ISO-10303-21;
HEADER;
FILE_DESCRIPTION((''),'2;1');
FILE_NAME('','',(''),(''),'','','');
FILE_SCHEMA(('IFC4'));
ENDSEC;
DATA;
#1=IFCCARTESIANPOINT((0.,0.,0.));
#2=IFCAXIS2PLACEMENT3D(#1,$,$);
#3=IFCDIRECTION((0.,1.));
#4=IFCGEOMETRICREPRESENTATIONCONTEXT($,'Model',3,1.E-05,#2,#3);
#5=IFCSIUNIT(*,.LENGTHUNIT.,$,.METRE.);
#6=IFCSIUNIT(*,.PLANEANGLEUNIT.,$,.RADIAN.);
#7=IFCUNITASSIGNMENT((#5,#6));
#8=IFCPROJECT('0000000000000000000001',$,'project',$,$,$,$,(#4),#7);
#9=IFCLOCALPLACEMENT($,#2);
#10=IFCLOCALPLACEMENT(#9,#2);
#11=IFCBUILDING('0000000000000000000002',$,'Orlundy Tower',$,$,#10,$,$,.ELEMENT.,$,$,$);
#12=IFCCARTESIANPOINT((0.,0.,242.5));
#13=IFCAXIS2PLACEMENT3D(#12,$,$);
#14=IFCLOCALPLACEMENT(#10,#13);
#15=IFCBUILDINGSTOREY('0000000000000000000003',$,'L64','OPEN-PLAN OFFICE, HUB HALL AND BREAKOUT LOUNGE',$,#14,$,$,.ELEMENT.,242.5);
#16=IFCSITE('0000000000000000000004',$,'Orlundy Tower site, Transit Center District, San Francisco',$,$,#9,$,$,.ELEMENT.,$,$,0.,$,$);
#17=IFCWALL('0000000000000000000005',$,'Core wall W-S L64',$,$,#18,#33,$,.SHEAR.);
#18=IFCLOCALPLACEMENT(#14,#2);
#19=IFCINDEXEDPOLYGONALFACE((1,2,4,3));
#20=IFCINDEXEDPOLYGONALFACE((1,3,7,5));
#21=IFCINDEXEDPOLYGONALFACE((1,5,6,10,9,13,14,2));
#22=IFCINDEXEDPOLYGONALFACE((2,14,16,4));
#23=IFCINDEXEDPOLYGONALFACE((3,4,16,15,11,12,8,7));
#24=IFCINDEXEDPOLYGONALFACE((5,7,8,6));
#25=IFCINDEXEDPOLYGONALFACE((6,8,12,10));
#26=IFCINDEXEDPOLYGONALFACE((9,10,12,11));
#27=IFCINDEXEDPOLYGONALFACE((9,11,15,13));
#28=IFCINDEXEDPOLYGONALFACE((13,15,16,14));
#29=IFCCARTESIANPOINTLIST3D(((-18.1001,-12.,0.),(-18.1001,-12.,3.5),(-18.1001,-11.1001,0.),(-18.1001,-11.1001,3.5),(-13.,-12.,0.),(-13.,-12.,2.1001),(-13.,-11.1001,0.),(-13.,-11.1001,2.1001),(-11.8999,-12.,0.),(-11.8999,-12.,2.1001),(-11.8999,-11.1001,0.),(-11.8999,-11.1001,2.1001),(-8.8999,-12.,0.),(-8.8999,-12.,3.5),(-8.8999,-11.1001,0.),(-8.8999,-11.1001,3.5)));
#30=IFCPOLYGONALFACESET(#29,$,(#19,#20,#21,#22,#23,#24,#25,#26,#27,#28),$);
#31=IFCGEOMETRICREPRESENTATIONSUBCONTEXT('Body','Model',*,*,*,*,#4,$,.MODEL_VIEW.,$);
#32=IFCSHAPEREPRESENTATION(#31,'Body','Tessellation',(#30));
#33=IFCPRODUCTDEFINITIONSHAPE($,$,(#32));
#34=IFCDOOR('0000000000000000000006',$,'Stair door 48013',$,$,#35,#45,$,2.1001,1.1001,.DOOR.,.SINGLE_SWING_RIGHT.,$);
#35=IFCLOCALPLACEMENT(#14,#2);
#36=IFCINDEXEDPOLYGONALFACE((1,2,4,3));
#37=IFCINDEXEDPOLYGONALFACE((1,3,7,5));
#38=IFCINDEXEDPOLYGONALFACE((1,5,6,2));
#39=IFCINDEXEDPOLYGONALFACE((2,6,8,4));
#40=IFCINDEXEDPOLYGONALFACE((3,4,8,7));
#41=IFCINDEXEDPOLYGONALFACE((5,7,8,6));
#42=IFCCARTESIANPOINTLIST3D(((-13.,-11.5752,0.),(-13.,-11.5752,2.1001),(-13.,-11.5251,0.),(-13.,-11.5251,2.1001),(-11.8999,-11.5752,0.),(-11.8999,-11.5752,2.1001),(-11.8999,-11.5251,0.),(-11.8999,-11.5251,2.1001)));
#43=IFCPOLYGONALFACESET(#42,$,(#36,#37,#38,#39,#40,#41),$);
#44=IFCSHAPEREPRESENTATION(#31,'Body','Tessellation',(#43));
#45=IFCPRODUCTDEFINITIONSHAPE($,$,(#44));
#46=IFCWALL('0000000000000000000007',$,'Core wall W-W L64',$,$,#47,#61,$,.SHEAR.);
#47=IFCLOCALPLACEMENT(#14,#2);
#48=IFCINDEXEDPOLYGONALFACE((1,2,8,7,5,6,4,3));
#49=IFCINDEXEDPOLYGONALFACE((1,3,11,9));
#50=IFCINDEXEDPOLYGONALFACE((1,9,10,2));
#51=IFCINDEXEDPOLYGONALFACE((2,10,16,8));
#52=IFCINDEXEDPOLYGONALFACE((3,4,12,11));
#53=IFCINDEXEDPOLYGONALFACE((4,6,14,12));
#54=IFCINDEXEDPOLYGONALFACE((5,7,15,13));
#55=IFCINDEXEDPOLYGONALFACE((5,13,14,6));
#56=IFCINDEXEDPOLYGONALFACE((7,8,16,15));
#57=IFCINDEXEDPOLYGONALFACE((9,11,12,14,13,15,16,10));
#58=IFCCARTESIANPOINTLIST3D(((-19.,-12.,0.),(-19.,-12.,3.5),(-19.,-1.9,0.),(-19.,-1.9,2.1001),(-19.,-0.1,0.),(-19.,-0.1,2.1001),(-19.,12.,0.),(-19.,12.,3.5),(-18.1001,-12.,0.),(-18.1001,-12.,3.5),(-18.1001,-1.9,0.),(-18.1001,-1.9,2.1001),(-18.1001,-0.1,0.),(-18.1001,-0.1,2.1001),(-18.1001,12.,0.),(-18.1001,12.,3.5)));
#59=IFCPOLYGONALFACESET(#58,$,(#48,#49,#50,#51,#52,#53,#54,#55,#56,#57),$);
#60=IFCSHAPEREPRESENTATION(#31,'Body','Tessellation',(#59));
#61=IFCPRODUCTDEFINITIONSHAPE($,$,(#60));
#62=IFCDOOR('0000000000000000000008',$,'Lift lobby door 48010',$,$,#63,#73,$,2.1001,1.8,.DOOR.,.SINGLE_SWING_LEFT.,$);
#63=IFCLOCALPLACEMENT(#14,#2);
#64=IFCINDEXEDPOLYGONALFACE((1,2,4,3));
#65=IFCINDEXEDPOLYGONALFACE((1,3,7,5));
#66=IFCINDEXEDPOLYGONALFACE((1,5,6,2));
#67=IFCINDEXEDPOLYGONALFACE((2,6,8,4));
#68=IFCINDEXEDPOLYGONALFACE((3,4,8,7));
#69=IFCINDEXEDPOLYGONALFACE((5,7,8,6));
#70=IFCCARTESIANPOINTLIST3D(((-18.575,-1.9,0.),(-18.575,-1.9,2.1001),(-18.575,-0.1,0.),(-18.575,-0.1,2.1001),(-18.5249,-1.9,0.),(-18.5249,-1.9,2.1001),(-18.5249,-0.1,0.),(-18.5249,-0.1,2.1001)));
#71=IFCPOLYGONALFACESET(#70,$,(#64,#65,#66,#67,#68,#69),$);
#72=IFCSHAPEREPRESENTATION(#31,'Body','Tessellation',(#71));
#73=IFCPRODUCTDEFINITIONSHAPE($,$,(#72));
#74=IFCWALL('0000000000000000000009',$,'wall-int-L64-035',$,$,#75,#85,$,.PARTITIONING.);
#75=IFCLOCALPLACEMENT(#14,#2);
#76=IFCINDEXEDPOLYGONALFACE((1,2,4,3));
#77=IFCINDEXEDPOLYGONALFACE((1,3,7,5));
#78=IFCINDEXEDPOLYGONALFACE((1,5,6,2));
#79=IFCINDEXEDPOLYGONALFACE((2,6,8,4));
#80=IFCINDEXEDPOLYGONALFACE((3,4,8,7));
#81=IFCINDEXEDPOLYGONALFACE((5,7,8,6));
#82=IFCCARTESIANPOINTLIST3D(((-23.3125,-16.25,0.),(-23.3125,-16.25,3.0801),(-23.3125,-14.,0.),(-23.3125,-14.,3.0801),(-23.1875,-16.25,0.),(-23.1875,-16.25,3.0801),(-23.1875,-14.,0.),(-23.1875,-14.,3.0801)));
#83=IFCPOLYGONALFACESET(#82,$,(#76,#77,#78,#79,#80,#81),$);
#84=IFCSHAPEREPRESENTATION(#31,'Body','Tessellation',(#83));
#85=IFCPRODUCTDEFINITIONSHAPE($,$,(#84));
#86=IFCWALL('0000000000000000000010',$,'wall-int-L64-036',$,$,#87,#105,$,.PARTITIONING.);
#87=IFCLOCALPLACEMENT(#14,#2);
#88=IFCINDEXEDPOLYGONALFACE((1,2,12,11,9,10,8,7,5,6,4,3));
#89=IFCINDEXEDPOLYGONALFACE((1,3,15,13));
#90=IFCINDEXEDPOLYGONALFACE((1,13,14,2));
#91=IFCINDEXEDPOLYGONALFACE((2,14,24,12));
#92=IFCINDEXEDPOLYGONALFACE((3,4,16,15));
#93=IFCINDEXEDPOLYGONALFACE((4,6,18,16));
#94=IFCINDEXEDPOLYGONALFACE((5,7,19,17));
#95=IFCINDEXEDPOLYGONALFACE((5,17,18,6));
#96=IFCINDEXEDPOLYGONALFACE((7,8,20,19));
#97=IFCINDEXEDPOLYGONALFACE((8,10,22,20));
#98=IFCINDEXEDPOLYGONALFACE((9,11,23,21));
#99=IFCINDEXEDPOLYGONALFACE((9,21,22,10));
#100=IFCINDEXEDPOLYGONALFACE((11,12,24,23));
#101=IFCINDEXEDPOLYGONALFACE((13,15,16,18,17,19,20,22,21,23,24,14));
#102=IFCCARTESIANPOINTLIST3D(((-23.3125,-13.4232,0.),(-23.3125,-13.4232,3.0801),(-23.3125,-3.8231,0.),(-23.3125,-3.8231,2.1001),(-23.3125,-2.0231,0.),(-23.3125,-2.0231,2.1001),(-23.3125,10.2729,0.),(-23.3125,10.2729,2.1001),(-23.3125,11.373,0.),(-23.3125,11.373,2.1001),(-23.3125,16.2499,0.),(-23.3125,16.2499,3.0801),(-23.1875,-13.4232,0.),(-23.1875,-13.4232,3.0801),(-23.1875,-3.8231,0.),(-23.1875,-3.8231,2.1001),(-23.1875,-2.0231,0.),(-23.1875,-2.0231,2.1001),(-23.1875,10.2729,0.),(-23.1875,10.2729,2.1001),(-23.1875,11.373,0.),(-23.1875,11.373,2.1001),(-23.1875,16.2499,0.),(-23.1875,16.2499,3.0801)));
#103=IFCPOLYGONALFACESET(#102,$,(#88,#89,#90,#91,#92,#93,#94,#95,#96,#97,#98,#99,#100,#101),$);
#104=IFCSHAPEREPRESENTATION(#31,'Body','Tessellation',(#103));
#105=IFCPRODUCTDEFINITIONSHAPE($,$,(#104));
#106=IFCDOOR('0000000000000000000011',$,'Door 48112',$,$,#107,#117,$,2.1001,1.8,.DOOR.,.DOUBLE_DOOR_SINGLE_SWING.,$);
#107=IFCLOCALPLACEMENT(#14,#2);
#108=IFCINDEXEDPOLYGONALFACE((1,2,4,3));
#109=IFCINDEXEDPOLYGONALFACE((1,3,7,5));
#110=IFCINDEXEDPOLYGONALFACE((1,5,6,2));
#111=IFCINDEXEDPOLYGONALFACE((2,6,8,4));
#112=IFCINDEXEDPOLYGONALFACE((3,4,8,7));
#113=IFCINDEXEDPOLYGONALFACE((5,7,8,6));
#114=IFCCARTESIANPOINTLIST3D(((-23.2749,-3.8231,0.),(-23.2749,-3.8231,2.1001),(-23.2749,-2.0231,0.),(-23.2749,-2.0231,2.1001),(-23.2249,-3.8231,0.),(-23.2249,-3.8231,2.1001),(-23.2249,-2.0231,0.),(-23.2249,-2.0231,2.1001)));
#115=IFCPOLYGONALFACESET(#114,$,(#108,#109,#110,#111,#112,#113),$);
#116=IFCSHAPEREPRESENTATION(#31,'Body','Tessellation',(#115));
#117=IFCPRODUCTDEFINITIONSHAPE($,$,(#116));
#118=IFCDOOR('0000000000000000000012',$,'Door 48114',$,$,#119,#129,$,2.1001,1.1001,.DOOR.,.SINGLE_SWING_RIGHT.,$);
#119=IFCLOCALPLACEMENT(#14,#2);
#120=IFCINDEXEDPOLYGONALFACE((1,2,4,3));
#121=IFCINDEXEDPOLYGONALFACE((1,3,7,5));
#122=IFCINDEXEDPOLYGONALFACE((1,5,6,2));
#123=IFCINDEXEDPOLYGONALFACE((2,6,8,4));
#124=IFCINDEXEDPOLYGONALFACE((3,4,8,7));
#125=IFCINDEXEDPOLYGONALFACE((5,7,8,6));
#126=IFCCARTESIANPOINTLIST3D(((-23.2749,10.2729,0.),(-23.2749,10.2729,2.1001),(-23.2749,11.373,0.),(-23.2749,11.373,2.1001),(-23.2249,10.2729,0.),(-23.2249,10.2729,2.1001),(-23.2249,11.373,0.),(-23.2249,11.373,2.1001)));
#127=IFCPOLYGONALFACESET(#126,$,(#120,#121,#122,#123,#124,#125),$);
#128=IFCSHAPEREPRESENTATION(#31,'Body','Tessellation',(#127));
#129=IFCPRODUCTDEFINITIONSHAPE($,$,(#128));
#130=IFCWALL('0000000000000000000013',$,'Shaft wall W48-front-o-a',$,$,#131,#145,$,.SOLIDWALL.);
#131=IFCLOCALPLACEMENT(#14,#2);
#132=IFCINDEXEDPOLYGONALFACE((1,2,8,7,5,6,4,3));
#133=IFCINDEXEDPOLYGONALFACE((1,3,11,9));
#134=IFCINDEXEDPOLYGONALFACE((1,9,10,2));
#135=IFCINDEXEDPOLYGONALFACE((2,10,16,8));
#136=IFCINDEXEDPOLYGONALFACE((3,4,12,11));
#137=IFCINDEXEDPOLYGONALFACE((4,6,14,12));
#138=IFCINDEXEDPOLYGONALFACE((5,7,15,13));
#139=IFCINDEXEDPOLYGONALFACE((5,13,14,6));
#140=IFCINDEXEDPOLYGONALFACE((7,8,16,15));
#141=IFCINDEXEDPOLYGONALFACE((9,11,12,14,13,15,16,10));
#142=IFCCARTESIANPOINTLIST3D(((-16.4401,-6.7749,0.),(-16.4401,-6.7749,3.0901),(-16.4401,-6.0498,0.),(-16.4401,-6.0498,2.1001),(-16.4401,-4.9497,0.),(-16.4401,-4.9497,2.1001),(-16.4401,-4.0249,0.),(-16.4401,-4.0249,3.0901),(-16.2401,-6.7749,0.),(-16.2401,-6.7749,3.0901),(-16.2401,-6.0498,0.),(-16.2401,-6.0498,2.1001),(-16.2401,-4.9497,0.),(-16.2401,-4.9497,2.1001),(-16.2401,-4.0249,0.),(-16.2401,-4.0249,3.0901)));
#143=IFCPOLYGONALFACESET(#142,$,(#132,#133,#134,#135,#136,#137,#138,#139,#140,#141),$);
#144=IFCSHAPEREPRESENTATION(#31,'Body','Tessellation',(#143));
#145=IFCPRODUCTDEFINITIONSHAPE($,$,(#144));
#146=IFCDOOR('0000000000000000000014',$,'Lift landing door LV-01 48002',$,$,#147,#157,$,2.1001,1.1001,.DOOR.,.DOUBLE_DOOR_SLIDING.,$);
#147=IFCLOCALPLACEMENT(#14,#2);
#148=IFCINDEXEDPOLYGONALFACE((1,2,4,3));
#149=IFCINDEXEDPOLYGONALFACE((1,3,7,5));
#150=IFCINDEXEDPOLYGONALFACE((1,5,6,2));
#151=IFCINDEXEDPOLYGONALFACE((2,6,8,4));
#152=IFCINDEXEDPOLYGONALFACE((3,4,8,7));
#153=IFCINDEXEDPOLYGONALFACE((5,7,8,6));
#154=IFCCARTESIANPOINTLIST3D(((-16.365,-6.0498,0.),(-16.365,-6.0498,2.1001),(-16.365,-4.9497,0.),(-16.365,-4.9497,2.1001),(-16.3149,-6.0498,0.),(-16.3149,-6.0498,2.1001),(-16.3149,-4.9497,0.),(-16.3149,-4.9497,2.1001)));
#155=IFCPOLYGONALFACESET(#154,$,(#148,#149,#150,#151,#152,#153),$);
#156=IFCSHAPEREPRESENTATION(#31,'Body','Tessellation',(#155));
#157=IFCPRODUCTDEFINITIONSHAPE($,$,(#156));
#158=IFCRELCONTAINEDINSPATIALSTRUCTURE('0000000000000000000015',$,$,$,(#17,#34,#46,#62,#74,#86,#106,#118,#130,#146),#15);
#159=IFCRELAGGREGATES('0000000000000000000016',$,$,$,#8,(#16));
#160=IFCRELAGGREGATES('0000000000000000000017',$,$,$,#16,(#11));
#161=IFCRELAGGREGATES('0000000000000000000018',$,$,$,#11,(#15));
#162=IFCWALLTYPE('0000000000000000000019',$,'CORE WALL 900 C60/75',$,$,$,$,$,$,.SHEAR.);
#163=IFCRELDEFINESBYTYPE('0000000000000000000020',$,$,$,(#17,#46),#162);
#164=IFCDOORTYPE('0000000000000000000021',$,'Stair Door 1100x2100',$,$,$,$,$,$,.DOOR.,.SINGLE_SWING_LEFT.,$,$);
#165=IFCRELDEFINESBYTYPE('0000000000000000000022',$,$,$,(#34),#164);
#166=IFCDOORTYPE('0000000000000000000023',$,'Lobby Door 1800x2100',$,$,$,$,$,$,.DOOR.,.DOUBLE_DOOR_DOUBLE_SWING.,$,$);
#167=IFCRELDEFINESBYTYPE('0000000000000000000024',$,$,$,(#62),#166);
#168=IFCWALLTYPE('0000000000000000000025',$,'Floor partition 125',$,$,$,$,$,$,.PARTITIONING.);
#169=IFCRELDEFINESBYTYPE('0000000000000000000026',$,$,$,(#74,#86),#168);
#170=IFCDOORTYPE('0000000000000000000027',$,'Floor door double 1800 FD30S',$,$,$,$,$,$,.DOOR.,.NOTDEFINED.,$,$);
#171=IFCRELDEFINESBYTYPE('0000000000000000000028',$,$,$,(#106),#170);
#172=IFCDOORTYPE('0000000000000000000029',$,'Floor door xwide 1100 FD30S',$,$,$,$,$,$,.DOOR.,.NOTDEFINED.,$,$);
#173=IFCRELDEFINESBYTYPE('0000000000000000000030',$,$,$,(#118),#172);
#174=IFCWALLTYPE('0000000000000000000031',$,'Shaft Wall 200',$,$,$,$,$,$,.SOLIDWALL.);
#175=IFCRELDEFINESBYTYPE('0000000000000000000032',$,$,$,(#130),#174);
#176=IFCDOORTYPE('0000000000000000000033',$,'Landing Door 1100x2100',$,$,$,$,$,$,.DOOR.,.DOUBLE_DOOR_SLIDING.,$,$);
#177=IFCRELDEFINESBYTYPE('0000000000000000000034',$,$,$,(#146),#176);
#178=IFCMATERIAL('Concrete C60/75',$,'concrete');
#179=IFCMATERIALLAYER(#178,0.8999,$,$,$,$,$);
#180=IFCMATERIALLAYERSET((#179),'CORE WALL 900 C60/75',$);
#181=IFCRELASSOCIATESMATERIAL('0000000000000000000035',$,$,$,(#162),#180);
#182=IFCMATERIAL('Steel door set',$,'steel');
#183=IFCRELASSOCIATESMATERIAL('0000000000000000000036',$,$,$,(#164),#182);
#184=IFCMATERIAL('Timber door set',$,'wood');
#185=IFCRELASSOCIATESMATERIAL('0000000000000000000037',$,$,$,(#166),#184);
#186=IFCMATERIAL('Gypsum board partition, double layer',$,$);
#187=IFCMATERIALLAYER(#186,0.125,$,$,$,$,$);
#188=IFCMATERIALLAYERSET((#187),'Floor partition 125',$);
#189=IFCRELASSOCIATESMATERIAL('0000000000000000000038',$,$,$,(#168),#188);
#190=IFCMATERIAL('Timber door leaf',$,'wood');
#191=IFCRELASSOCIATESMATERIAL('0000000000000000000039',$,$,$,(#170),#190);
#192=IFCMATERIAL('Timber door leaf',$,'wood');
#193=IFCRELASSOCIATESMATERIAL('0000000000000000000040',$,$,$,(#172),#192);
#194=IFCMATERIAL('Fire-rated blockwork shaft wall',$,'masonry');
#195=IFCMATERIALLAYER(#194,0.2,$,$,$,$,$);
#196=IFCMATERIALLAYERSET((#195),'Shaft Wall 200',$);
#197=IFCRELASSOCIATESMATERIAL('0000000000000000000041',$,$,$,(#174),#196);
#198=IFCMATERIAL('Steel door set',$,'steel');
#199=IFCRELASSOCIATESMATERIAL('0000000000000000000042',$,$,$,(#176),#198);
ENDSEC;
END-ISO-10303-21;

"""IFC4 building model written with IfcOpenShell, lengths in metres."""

from ifc_helpers import new_model, si_unit, direction, frame, frame_2d, origin, place, context, subcontext, project, spatial, rectangle, extrude, material, layer, layer_set, type_object, element, fill, save


model = new_model("IFC4")

# Units and contexts
model_context = context("Model", 3, precision=1e-05, world=origin(), true_north=direction((0.0, 1.0)))
body_context = subcontext(model_context, "Body", "Model", "MODEL_VIEW")
ifc_project = project(units=[si_unit("LENGTHUNIT", "METRE"), si_unit("PLANEANGLEUNIT", "RADIAN")], contexts=[model_context])

# Site, building, storey
site_placement = place(None, origin())
site = spatial("IfcSite", under=ifc_project, at=site_placement, Name="Orlundy Tower site, Transit Center District, San Francisco", CompositionType="ELEMENT", RefElevation=0.0)
building_placement = place(site_placement, origin())
building = spatial("IfcBuilding", under=site, at=building_placement, Name="Orlundy Tower", CompositionType="ELEMENT")
storey_placement = place(building_placement, frame((0.0, 0.0, 242.5)))
storey = spatial("IfcBuildingStorey", under=building, at=storey_placement, Name="L64", Description="OPEN-PLAN OFFICE, HUB HALL AND BREAKOUT LOUNGE", CompositionType="ELEMENT", Elevation=242.5)

# Walls, openings, doors
ifc_material_1 = material(Name="Concrete C60/75", Category="concrete")
ifc_layer_1 = layer(ifc_material_1, 0.8999)
ifc_layer_set_1 = layer_set([ifc_layer_1], Name="CORE WALL 900 C60/75")
wall_type_1 = type_object("IfcWallType", Name="CORE WALL 900 C60/75", PredefinedType="SHEAR", material=ifc_layer_set_1)
wall_1_placement = place(storey_placement, frame((-18.1001, -11.55, 0.0), z_axis=(0.0, 0.0, 1.0), x_axis=(1.0, 0.0, 0.0)))
wall_1 = element("IfcWall", 1, at=wall_1_placement, inside=storey, type_object=wall_type_1, Name="Core wall W-S L64", PredefinedType="SHEAR", context=body_context, shape_type="SweptSolid", body=[
    extrude(rectangle(XDim=9.2002, YDim=0.8999, at=frame_2d((4.6001, 0.0))), origin(), (0.0, 0.0, 1.0), 3.5),
])
opening_1_placement = place(wall_1_placement, frame((5.1001, 0.0, 0.0)))
opening_1 = element("IfcOpeningElement", 2, at=opening_1_placement, cuts=wall_1, PredefinedType="OPENING", context=body_context, shape_type="SweptSolid", body=[
    extrude(rectangle(XDim=1.1001, YDim=2.1001, at=frame_2d((0.55, 1.05))), frame((0.0, 0.46, 0.0), z_axis=(0.0, -1.0, 0.0), x_axis=(1.0, 0.0, 0.0)), (0.0, 0.0, 1.0), 0.9199),
])
ifc_material_2 = material(Name="Steel door set", Category="steel")
door_type_1 = type_object("IfcDoorType", Name="Stair Door 1100x2100", OperationType="SINGLE_SWING_LEFT", PredefinedType="DOOR", material=ifc_material_2)
door_1_placement = place(opening_1_placement, origin())
door_1 = element("IfcDoor", 3, at=door_1_placement, inside=storey, type_object=door_type_1, Name="Stair door 48013", OperationType="SINGLE_SWING_RIGHT", OverallHeight=2.1001, OverallWidth=1.1001, PredefinedType="DOOR", context=body_context, shape_type="SweptSolid", body=[
    extrude(rectangle(XDim=1.1001, YDim=2.1001, at=frame_2d((0.55, 1.05))), frame((0.0, 0.0249, 0.0), z_axis=(0.0, -1.0, 0.0), x_axis=(1.0, 0.0, 0.0)), (0.0, 0.0, 1.0), 0.05),
])
fill(opening_1, door_1)
wall_2_placement = place(storey_placement, frame((-18.55, -12.0, 0.0), z_axis=(0.0, 0.0, 1.0), x_axis=(0.0, 1.0, 0.0)))
wall_2 = element("IfcWall", 4, at=wall_2_placement, inside=storey, type_object=wall_type_1, Name="Core wall W-W L64", PredefinedType="SHEAR", context=body_context, shape_type="SweptSolid", body=[
    extrude(rectangle(XDim=24.0, YDim=0.8999, at=frame_2d((12.0, 0.0))), origin(), (0.0, 0.0, 1.0), 3.5),
])
opening_2_placement = place(wall_2_placement, frame((10.1001, 0.0, 0.0)))
opening_2 = element("IfcOpeningElement", 5, at=opening_2_placement, cuts=wall_2, PredefinedType="OPENING", context=body_context, shape_type="SweptSolid", body=[
    extrude(rectangle(XDim=1.8, YDim=2.1001, at=frame_2d((0.8999, 1.05))), frame((0.0, 0.46, 0.0), z_axis=(0.0, -1.0, 0.0), x_axis=(1.0, 0.0, 0.0)), (0.0, 0.0, 1.0), 0.9199),
])
ifc_material_3 = material(Name="Timber door set", Category="wood")
door_type_2 = type_object("IfcDoorType", Name="Lobby Door 1800x2100", OperationType="DOUBLE_DOOR_DOUBLE_SWING", PredefinedType="DOOR", material=ifc_material_3)
door_2_placement = place(opening_2_placement, origin())
door_2 = element("IfcDoor", 6, at=door_2_placement, inside=storey, type_object=door_type_2, Name="Lift lobby door 48010", OperationType="SINGLE_SWING_LEFT", OverallHeight=2.1001, OverallWidth=1.8, PredefinedType="DOOR", context=body_context, shape_type="SweptSolid", body=[
    extrude(rectangle(XDim=1.8, YDim=2.1001, at=frame_2d((0.8999, 1.05))), frame((0.0, 0.0249, 0.0), z_axis=(0.0, -1.0, 0.0), x_axis=(1.0, 0.0, 0.0)), (0.0, 0.0, 1.0), 0.05),
])
fill(opening_2, door_2)

# Wall
ifc_material_4 = material(Name="Gypsum board partition, double layer")
ifc_layer_2 = layer(ifc_material_4, 0.125)
ifc_layer_set_2 = layer_set([ifc_layer_2], Name="Floor partition 125")
wall_type_2 = type_object("IfcWallType", Name="Floor partition 125", PredefinedType="PARTITIONING", material=ifc_layer_set_2)
wall_3_placement = place(storey_placement, frame((-23.25, -16.25, 0.0), z_axis=(0.0, 0.0, 1.0), x_axis=(0.0, 1.0, 0.0)))
element("IfcWall", 7, at=wall_3_placement, inside=storey, type_object=wall_type_2, Name="wall-int-L64-035", PredefinedType="PARTITIONING", context=body_context, shape_type="SweptSolid", body=[
    extrude(rectangle(XDim=2.25, YDim=0.125, at=frame_2d((1.125, 0.0))), origin(), (0.0, 0.0, 1.0), 3.0801),
])

# Wall, openings, doors
wall_4_placement = place(storey_placement, frame((-23.25, -13.4231, 0.0), z_axis=(0.0, 0.0, 1.0), x_axis=(0.0, 1.0, 0.0)))
wall_4 = element("IfcWall", 8, at=wall_4_placement, inside=storey, type_object=wall_type_2, Name="wall-int-L64-036", PredefinedType="PARTITIONING", context=body_context, shape_type="SweptSolid", body=[
    extrude(rectangle(XDim=29.6731, YDim=0.125, at=frame_2d((14.8364, 0.0))), origin(), (0.0, 0.0, 1.0), 3.0801),
])
opening_3_placement = place(wall_4_placement, frame((9.6001, 0.0, 0.0)))
opening_3 = element("IfcOpeningElement", 9, at=opening_3_placement, cuts=wall_4, PredefinedType="OPENING", context=body_context, shape_type="SweptSolid", body=[
    extrude(rectangle(XDim=1.8, YDim=2.1001, at=frame_2d((0.8999, 1.05))), frame((0.0, 0.0725, 0.0), z_axis=(0.0, -1.0, 0.0), x_axis=(1.0, 0.0, 0.0)), (0.0, 0.0, 1.0), 0.145),
])
opening_4_placement = place(wall_4_placement, frame((23.696, 0.0, 0.0)))
opening_4 = element("IfcOpeningElement", 10, at=opening_4_placement, cuts=wall_4, PredefinedType="OPENING", context=body_context, shape_type="SweptSolid", body=[
    extrude(rectangle(XDim=1.1001, YDim=2.1001, at=frame_2d((0.55, 1.05))), frame((0.0, 0.0725, 0.0), z_axis=(0.0, -1.0, 0.0), x_axis=(1.0, 0.0, 0.0)), (0.0, 0.0, 1.0), 0.145),
])
ifc_material_5 = material(Name="Timber door leaf", Category="wood")
door_type_3 = type_object("IfcDoorType", Name="Floor door double 1800 FD30S", OperationType="NOTDEFINED", PredefinedType="DOOR", material=ifc_material_5)
door_3_placement = place(opening_3_placement, origin())
door_3 = element("IfcDoor", 11, at=door_3_placement, inside=storey, type_object=door_type_3, Name="Door 48112", OperationType="DOUBLE_DOOR_SINGLE_SWING", OverallHeight=2.1001, OverallWidth=1.8, PredefinedType="DOOR", context=body_context, shape_type="SweptSolid", body=[
    extrude(rectangle(XDim=1.8, YDim=2.1001, at=frame_2d((0.8999, 1.05))), frame((0.0, 0.0249, 0.0), z_axis=(0.0, -1.0, 0.0), x_axis=(1.0, 0.0, 0.0)), (0.0, 0.0, 1.0), 0.05),
])
fill(opening_3, door_3)
ifc_material_6 = material(Name="Timber door leaf", Category="wood")
door_type_4 = type_object("IfcDoorType", Name="Floor door xwide 1100 FD30S", OperationType="NOTDEFINED", PredefinedType="DOOR", material=ifc_material_6)
door_4_placement = place(opening_4_placement, origin())
door_4 = element("IfcDoor", 12, at=door_4_placement, inside=storey, type_object=door_type_4, Name="Door 48114", OperationType="SINGLE_SWING_RIGHT", OverallHeight=2.1001, OverallWidth=1.1001, PredefinedType="DOOR", context=body_context, shape_type="SweptSolid", body=[
    extrude(rectangle(XDim=1.1001, YDim=2.1001, at=frame_2d((0.55, 1.05))), frame((0.0, 0.0249, 0.0), z_axis=(0.0, -1.0, 0.0), x_axis=(1.0, 0.0, 0.0)), (0.0, 0.0, 1.0), 0.05),
])
fill(opening_4, door_4)

# Wall, opening, door
ifc_material_7 = material(Name="Fire-rated blockwork shaft wall", Category="masonry")
ifc_layer_3 = layer(ifc_material_7, 0.2)
ifc_layer_set_3 = layer_set([ifc_layer_3], Name="Shaft Wall 200")
wall_type_3 = type_object("IfcWallType", Name="Shaft Wall 200", PredefinedType="SOLIDWALL", material=ifc_layer_set_3)
wall_5_placement = place(storey_placement, frame((-16.3401, -6.7749, 0.0), z_axis=(0.0, 0.0, 1.0), x_axis=(0.0, 1.0, 0.0)))
wall_5 = element("IfcWall", 13, at=wall_5_placement, inside=storey, type_object=wall_type_3, Name="Shaft wall W48-front-o-a", PredefinedType="SOLIDWALL", context=body_context, shape_type="SweptSolid", body=[
    extrude(rectangle(XDim=2.75, YDim=0.2, at=frame_2d((1.375, 0.0))), origin(), (0.0, 0.0, 1.0), 3.0901),
])
opening_5_placement = place(wall_5_placement, frame((0.7251, 0.0, 0.0)))
opening_5 = element("IfcOpeningElement", 14, at=opening_5_placement, cuts=wall_5, PredefinedType="OPENING", context=body_context, shape_type="SweptSolid", body=[
    extrude(rectangle(XDim=1.1001, YDim=2.1001, at=frame_2d((0.55, 1.05))), frame((0.0, 0.1101, 0.0), z_axis=(0.0, -1.0, 0.0), x_axis=(1.0, 0.0, 0.0)), (0.0, 0.0, 1.0), 0.2202),
])
ifc_material_8 = material(Name="Steel door set", Category="steel")
door_type_5 = type_object("IfcDoorType", Name="Landing Door 1100x2100", OperationType="DOUBLE_DOOR_SLIDING", PredefinedType="DOOR", material=ifc_material_8)
door_5_placement = place(opening_5_placement, origin())
door_5 = element("IfcDoor", 15, at=door_5_placement, inside=storey, type_object=door_type_5, Name="Lift landing door LV-01 48002", OperationType="DOUBLE_DOOR_SLIDING", OverallHeight=2.1001, OverallWidth=1.1001, PredefinedType="DOOR", context=body_context, shape_type="SweptSolid", body=[
    extrude(rectangle(XDim=1.1001, YDim=2.1001, at=frame_2d((0.55, 1.05))), frame((0.0, 0.0249, 0.0), z_axis=(0.0, -1.0, 0.0), x_axis=(1.0, 0.0, 0.0)), (0.0, 0.0, 1.0), 0.05),
])
fill(opening_5, door_5)

save(model, "model.ifc")
